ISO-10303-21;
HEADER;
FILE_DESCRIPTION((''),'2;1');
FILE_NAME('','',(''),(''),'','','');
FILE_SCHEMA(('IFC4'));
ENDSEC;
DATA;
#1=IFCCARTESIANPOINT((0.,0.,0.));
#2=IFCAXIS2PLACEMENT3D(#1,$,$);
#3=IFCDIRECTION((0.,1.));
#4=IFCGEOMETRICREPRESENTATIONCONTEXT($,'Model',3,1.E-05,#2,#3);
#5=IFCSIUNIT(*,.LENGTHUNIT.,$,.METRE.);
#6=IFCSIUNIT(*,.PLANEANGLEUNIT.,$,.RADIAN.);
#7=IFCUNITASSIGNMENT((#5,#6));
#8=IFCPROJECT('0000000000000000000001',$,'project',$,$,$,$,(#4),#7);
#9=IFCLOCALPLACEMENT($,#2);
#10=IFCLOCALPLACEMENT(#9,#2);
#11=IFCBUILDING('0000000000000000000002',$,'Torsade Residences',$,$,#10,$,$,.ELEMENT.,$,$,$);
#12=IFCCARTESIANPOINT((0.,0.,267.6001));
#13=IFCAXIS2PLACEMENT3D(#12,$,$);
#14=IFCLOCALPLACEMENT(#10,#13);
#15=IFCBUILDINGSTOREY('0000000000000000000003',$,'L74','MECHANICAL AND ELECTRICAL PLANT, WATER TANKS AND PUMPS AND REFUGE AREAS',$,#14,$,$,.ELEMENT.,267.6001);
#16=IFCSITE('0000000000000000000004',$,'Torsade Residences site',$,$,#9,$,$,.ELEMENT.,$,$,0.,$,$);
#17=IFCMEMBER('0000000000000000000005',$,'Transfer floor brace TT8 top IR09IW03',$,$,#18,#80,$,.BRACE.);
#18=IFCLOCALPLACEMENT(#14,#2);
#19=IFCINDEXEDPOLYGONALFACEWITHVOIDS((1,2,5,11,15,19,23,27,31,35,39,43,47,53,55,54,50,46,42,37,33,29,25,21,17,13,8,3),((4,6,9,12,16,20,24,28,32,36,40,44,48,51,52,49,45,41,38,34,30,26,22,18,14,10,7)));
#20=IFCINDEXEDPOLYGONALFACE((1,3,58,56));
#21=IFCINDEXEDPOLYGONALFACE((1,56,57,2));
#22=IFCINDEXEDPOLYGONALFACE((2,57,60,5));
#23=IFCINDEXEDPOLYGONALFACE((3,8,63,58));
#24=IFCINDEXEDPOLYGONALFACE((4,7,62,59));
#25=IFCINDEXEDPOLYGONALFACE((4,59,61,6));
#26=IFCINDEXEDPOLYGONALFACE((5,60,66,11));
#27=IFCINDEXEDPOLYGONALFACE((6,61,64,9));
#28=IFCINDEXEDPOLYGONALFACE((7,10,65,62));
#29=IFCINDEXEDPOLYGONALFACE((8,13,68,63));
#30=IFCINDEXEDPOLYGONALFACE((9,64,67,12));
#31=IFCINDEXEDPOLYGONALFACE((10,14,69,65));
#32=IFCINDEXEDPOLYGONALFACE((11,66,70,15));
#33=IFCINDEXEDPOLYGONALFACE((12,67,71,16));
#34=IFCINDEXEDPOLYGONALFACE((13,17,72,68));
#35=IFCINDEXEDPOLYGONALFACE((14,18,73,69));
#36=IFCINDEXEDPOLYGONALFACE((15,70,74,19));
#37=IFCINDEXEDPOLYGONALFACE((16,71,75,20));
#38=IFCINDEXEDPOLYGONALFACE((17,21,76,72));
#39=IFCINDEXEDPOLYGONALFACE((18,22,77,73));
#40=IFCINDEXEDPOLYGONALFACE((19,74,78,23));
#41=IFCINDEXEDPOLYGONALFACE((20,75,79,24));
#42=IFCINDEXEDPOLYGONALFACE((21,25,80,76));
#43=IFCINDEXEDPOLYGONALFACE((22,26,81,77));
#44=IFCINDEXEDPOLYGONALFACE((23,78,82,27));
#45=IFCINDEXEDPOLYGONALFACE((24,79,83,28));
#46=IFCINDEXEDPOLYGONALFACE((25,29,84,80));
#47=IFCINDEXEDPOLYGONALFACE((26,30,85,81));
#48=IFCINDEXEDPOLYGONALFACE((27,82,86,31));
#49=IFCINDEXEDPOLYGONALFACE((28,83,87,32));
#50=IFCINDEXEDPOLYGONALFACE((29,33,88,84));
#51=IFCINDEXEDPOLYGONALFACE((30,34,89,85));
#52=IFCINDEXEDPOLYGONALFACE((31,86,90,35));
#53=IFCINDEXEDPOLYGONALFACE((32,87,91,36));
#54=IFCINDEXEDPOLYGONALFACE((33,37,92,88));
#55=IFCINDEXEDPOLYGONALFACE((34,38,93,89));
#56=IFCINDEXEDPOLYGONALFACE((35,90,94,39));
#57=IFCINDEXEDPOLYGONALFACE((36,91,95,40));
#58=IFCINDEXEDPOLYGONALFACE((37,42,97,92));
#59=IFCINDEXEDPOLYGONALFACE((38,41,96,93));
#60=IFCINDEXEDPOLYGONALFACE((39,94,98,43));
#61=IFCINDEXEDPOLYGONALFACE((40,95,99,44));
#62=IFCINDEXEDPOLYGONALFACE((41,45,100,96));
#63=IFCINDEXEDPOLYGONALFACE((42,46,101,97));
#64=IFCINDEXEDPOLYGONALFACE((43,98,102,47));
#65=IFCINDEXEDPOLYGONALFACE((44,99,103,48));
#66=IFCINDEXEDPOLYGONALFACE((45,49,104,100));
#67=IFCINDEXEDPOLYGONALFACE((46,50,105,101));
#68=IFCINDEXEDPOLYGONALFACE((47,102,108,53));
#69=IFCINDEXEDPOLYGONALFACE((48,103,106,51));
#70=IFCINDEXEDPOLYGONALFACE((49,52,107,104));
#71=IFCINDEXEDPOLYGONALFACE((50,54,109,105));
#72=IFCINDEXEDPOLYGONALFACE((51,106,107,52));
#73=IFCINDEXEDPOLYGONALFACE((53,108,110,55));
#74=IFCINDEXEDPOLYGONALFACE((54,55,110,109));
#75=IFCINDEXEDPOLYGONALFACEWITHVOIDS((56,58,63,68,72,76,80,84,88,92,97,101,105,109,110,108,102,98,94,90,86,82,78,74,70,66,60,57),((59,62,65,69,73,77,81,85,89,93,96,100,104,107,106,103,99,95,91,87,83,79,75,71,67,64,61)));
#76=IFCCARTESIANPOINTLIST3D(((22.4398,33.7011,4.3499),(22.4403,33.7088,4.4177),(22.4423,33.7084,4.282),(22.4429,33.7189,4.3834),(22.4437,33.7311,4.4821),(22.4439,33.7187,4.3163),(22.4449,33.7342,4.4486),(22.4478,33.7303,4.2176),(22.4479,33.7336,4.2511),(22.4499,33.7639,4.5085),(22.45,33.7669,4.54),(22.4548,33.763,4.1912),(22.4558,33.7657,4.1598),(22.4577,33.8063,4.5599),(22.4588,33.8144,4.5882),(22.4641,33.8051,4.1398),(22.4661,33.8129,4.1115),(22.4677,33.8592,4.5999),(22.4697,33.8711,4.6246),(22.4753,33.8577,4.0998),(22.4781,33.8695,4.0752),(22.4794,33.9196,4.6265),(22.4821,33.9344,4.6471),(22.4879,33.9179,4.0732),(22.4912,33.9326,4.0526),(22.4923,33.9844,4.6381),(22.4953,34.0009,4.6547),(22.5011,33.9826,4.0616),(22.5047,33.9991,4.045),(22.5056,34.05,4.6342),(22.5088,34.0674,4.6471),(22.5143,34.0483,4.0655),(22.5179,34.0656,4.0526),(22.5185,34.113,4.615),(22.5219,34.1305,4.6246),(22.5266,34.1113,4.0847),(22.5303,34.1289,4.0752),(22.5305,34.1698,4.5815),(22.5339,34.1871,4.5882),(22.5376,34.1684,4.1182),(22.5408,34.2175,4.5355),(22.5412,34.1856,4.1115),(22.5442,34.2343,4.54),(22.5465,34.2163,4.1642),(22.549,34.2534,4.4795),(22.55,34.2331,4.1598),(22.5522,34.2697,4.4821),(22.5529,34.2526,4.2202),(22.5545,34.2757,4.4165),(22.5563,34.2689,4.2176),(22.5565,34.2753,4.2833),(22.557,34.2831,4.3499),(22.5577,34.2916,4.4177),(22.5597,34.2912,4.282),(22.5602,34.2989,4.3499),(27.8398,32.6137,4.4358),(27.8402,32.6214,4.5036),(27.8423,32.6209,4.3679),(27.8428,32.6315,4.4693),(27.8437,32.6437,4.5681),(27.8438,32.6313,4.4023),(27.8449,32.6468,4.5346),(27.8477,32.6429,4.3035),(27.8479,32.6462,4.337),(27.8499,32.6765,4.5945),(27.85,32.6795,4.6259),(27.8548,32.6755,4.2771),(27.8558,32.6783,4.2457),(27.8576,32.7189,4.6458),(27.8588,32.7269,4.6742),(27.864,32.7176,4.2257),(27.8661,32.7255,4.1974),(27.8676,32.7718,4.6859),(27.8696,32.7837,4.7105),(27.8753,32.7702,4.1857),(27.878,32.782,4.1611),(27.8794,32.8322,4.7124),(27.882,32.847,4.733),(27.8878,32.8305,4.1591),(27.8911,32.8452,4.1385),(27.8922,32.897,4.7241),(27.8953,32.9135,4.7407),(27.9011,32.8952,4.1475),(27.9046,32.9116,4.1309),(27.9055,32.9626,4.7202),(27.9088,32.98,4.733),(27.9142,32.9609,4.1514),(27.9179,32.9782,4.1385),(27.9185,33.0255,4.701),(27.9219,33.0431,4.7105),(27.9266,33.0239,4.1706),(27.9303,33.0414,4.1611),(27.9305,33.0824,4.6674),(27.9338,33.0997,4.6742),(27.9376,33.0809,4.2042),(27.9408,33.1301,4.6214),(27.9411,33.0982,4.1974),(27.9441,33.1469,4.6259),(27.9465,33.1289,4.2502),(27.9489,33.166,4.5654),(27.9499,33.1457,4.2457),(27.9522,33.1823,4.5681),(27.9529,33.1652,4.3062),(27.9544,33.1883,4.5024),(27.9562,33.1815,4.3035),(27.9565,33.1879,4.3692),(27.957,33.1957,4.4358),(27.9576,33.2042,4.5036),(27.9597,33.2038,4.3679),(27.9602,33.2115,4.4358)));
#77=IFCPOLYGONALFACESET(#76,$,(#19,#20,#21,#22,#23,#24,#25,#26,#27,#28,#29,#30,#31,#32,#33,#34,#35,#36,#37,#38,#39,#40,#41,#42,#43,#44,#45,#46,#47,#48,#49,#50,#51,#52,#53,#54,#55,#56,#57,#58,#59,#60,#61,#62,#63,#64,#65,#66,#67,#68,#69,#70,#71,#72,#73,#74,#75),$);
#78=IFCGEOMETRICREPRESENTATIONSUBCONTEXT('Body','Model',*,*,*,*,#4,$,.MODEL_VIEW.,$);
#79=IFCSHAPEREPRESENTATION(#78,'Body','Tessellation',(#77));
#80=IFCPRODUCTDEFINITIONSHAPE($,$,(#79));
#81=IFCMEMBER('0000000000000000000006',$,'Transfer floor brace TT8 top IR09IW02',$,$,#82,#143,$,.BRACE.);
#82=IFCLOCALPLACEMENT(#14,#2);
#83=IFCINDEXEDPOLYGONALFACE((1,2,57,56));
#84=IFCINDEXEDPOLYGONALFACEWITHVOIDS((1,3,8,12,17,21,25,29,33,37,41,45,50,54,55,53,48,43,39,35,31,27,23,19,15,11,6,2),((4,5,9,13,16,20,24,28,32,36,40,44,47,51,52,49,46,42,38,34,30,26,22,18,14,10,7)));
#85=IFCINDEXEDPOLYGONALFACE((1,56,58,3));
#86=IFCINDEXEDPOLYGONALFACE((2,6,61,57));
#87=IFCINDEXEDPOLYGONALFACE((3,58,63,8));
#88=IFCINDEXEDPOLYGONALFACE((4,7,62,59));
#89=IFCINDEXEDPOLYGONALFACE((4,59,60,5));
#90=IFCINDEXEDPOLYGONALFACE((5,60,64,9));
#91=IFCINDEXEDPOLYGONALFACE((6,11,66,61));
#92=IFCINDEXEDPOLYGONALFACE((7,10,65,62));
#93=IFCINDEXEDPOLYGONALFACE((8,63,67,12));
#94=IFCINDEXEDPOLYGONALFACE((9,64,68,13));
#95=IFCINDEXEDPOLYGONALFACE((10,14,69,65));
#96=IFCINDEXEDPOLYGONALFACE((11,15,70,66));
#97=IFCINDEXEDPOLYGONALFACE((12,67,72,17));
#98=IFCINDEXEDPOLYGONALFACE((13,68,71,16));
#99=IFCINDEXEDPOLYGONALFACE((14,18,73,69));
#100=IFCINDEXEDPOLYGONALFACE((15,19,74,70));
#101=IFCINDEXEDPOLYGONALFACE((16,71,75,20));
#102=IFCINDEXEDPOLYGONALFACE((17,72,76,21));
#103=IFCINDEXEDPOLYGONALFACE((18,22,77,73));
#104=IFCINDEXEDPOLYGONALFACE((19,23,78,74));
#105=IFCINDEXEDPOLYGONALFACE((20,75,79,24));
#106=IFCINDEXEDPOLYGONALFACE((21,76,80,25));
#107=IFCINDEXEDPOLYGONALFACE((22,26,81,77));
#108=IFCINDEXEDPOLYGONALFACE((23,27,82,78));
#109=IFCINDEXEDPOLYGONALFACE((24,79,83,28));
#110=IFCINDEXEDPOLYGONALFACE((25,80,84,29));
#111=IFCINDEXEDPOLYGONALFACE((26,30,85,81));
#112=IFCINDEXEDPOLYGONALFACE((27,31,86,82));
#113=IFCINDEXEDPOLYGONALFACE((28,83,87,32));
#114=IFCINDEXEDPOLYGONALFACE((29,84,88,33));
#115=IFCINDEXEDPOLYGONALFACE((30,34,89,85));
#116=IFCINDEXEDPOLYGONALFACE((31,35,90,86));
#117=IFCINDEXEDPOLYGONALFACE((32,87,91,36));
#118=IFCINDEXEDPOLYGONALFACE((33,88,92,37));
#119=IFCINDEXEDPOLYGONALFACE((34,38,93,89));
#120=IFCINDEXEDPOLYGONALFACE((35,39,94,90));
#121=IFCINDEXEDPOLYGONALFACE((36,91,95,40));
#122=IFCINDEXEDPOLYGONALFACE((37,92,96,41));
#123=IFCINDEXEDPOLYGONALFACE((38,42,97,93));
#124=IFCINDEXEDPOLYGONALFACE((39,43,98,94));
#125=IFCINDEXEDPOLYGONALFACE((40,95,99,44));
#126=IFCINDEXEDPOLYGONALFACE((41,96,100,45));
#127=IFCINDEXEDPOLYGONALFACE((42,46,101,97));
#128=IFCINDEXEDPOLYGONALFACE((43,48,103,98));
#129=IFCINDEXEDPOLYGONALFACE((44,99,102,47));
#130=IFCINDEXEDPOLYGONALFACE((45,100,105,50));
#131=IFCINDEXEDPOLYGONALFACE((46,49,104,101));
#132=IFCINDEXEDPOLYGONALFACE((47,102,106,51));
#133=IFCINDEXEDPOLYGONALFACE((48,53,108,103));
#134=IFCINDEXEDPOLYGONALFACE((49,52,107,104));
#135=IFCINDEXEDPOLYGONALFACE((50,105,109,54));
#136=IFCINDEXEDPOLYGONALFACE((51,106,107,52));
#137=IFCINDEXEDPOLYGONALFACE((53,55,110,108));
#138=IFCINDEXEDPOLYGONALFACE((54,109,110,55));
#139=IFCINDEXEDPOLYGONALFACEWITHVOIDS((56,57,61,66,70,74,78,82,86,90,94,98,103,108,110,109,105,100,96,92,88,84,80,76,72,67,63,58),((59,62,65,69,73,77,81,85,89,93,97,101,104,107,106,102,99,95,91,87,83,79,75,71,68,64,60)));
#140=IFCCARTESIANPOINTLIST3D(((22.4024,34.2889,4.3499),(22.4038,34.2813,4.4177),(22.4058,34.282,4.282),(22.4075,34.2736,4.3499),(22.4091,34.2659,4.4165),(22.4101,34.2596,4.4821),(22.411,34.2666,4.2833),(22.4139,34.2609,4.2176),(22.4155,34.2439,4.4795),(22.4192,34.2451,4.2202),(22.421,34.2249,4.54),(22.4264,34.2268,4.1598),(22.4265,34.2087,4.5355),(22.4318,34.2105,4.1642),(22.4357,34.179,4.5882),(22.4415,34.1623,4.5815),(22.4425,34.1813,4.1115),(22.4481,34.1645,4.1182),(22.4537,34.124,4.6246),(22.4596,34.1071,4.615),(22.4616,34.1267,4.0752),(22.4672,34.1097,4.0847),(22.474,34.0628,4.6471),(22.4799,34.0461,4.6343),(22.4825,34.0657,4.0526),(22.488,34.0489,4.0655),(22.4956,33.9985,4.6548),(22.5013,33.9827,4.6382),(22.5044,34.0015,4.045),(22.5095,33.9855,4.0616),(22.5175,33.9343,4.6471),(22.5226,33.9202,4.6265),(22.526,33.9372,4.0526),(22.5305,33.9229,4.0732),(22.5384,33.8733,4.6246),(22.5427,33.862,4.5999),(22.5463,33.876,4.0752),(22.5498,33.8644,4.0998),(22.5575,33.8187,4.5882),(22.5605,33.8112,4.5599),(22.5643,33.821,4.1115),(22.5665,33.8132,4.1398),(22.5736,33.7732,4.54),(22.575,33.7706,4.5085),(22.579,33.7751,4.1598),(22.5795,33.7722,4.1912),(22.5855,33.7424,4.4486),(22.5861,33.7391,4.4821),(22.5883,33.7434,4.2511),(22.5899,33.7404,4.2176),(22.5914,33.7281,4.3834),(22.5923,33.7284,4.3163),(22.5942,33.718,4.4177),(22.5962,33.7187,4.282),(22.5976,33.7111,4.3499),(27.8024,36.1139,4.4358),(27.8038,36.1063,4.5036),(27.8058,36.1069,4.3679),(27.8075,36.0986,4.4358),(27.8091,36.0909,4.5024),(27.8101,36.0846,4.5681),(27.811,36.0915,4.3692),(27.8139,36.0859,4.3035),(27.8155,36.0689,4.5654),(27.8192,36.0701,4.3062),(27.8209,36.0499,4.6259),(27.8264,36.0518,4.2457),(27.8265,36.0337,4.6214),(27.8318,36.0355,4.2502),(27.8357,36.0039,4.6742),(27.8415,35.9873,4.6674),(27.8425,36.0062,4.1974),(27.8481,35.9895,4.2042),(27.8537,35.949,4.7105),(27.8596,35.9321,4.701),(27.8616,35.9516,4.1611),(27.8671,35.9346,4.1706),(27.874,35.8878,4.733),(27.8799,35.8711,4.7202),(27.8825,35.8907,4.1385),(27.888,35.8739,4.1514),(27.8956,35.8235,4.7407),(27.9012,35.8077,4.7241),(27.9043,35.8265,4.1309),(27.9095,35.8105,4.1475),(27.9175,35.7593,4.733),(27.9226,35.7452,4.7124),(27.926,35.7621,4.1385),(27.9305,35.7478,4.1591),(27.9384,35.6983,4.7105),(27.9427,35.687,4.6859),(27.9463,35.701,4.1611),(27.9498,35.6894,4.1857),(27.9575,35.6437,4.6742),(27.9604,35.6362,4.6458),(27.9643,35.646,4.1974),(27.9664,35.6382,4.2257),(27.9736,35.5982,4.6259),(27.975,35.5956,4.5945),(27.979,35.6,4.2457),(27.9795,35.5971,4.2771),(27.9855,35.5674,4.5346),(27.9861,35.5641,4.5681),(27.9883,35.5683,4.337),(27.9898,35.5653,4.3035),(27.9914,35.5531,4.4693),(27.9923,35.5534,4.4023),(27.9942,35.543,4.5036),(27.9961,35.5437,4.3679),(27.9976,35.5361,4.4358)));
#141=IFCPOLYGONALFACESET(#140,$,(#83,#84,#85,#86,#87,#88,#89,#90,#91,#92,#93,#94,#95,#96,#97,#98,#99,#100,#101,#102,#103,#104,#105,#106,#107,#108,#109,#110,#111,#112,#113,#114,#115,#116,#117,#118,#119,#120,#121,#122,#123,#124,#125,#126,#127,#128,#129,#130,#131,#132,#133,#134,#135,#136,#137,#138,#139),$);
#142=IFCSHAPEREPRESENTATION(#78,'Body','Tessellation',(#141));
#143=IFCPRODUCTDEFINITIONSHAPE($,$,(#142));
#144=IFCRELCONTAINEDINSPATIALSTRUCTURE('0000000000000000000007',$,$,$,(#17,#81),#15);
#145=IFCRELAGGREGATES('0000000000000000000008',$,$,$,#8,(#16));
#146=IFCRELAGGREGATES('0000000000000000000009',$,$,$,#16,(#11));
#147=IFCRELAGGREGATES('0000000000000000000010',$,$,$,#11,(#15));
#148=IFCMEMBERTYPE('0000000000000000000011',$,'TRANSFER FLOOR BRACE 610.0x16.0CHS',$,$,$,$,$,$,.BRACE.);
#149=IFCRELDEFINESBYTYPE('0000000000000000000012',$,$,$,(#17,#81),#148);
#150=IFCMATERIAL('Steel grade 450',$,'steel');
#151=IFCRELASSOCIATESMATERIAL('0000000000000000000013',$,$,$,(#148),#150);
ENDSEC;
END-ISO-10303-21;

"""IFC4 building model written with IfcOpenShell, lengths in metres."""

from ifc_helpers import new_model, si_unit, direction, frame, origin, origin_2d, place, context, subcontext, project, spatial, hollow_circle, extrude, material, material_profile, profile_set, type_object, element, save


model = new_model("IFC4")

# Units and contexts
model_context = context("Model", 3, precision=1e-05, world=origin(), true_north=direction((0.0, 1.0)))
body_context = subcontext(model_context, "Body", "Model", "MODEL_VIEW")
ifc_project = project(units=[si_unit("LENGTHUNIT", "METRE"), si_unit("PLANEANGLEUNIT", "RADIAN")], contexts=[model_context])

# Site, building, storey
site_placement = place(None, origin())
site = spatial("IfcSite", under=ifc_project, at=site_placement, Name="Torsade Residences site", CompositionType="ELEMENT", RefElevation=0.0)
building_placement = place(site_placement, origin())
building = spatial("IfcBuilding", under=site, at=building_placement, Name="Torsade Residences", CompositionType="ELEMENT")
storey_placement = place(building_placement, frame((0.0, 0.0, 267.6001)))
storey = spatial("IfcBuildingStorey", under=building, at=storey_placement, Name="L74", Description="MECHANICAL AND ELECTRICAL PLANT, WATER TANKS AND PUMPS AND REFUGE AREAS", CompositionType="ELEMENT", Elevation=267.6001)

# Members
ifc_material_1 = material(Name="Steel grade 450", Category="steel")
ifc_material_profile_1 = material_profile(ifc_material_1, hollow_circle(Radius=0.3049, WallThickness=0.0161, at=origin_2d()), Name="610.0x16.0CHS")
ifc_profile_set_1 = profile_set([ifc_material_profile_1], Name="Steel grade 450")
member_type_1 = type_object("IfcMemberType", Name="TRANSFER FLOOR BRACE 610.0x16.0CHS", PredefinedType="BRACE", material=ifc_profile_set_1)
member_1_placement = place(storey_placement, frame((22.5, 34.0, 4.3499), z_axis=(0.980201, -0.197388, 0.0156), x_axis=(0.197412, 0.980321, 0.0)))
element("IfcMember", 1, at=member_1_placement, inside=storey, type_object=member_type_1, Name="Transfer floor brace TT8 top IR09IW03", PredefinedType="BRACE", context=body_context, shape_type="SweptSolid", body=[
    extrude(hollow_circle(Radius=0.3049, WallThickness=0.0161, at=origin_2d()), origin(), (0.0, 0.0, 1.0), 5.509),
])
member_2_placement = place(storey_placement, frame((22.5, 34.0, 4.3499), z_axis=(0.947252, 0.320133, 0.015075), x_axis=(-0.32017, 0.94736, 0.0)))
element("IfcMember", 2, at=member_2_placement, inside=storey, type_object=member_type_1, Name="Transfer floor brace TT8 top IR09IW02", PredefinedType="BRACE", context=body_context, shape_type="SweptSolid", body=[
    extrude(hollow_circle(Radius=0.3049, WallThickness=0.0161, at=origin_2d()), origin(), (0.0, 0.0, 1.0), 5.7007),
])

save(model, "model.ifc")
